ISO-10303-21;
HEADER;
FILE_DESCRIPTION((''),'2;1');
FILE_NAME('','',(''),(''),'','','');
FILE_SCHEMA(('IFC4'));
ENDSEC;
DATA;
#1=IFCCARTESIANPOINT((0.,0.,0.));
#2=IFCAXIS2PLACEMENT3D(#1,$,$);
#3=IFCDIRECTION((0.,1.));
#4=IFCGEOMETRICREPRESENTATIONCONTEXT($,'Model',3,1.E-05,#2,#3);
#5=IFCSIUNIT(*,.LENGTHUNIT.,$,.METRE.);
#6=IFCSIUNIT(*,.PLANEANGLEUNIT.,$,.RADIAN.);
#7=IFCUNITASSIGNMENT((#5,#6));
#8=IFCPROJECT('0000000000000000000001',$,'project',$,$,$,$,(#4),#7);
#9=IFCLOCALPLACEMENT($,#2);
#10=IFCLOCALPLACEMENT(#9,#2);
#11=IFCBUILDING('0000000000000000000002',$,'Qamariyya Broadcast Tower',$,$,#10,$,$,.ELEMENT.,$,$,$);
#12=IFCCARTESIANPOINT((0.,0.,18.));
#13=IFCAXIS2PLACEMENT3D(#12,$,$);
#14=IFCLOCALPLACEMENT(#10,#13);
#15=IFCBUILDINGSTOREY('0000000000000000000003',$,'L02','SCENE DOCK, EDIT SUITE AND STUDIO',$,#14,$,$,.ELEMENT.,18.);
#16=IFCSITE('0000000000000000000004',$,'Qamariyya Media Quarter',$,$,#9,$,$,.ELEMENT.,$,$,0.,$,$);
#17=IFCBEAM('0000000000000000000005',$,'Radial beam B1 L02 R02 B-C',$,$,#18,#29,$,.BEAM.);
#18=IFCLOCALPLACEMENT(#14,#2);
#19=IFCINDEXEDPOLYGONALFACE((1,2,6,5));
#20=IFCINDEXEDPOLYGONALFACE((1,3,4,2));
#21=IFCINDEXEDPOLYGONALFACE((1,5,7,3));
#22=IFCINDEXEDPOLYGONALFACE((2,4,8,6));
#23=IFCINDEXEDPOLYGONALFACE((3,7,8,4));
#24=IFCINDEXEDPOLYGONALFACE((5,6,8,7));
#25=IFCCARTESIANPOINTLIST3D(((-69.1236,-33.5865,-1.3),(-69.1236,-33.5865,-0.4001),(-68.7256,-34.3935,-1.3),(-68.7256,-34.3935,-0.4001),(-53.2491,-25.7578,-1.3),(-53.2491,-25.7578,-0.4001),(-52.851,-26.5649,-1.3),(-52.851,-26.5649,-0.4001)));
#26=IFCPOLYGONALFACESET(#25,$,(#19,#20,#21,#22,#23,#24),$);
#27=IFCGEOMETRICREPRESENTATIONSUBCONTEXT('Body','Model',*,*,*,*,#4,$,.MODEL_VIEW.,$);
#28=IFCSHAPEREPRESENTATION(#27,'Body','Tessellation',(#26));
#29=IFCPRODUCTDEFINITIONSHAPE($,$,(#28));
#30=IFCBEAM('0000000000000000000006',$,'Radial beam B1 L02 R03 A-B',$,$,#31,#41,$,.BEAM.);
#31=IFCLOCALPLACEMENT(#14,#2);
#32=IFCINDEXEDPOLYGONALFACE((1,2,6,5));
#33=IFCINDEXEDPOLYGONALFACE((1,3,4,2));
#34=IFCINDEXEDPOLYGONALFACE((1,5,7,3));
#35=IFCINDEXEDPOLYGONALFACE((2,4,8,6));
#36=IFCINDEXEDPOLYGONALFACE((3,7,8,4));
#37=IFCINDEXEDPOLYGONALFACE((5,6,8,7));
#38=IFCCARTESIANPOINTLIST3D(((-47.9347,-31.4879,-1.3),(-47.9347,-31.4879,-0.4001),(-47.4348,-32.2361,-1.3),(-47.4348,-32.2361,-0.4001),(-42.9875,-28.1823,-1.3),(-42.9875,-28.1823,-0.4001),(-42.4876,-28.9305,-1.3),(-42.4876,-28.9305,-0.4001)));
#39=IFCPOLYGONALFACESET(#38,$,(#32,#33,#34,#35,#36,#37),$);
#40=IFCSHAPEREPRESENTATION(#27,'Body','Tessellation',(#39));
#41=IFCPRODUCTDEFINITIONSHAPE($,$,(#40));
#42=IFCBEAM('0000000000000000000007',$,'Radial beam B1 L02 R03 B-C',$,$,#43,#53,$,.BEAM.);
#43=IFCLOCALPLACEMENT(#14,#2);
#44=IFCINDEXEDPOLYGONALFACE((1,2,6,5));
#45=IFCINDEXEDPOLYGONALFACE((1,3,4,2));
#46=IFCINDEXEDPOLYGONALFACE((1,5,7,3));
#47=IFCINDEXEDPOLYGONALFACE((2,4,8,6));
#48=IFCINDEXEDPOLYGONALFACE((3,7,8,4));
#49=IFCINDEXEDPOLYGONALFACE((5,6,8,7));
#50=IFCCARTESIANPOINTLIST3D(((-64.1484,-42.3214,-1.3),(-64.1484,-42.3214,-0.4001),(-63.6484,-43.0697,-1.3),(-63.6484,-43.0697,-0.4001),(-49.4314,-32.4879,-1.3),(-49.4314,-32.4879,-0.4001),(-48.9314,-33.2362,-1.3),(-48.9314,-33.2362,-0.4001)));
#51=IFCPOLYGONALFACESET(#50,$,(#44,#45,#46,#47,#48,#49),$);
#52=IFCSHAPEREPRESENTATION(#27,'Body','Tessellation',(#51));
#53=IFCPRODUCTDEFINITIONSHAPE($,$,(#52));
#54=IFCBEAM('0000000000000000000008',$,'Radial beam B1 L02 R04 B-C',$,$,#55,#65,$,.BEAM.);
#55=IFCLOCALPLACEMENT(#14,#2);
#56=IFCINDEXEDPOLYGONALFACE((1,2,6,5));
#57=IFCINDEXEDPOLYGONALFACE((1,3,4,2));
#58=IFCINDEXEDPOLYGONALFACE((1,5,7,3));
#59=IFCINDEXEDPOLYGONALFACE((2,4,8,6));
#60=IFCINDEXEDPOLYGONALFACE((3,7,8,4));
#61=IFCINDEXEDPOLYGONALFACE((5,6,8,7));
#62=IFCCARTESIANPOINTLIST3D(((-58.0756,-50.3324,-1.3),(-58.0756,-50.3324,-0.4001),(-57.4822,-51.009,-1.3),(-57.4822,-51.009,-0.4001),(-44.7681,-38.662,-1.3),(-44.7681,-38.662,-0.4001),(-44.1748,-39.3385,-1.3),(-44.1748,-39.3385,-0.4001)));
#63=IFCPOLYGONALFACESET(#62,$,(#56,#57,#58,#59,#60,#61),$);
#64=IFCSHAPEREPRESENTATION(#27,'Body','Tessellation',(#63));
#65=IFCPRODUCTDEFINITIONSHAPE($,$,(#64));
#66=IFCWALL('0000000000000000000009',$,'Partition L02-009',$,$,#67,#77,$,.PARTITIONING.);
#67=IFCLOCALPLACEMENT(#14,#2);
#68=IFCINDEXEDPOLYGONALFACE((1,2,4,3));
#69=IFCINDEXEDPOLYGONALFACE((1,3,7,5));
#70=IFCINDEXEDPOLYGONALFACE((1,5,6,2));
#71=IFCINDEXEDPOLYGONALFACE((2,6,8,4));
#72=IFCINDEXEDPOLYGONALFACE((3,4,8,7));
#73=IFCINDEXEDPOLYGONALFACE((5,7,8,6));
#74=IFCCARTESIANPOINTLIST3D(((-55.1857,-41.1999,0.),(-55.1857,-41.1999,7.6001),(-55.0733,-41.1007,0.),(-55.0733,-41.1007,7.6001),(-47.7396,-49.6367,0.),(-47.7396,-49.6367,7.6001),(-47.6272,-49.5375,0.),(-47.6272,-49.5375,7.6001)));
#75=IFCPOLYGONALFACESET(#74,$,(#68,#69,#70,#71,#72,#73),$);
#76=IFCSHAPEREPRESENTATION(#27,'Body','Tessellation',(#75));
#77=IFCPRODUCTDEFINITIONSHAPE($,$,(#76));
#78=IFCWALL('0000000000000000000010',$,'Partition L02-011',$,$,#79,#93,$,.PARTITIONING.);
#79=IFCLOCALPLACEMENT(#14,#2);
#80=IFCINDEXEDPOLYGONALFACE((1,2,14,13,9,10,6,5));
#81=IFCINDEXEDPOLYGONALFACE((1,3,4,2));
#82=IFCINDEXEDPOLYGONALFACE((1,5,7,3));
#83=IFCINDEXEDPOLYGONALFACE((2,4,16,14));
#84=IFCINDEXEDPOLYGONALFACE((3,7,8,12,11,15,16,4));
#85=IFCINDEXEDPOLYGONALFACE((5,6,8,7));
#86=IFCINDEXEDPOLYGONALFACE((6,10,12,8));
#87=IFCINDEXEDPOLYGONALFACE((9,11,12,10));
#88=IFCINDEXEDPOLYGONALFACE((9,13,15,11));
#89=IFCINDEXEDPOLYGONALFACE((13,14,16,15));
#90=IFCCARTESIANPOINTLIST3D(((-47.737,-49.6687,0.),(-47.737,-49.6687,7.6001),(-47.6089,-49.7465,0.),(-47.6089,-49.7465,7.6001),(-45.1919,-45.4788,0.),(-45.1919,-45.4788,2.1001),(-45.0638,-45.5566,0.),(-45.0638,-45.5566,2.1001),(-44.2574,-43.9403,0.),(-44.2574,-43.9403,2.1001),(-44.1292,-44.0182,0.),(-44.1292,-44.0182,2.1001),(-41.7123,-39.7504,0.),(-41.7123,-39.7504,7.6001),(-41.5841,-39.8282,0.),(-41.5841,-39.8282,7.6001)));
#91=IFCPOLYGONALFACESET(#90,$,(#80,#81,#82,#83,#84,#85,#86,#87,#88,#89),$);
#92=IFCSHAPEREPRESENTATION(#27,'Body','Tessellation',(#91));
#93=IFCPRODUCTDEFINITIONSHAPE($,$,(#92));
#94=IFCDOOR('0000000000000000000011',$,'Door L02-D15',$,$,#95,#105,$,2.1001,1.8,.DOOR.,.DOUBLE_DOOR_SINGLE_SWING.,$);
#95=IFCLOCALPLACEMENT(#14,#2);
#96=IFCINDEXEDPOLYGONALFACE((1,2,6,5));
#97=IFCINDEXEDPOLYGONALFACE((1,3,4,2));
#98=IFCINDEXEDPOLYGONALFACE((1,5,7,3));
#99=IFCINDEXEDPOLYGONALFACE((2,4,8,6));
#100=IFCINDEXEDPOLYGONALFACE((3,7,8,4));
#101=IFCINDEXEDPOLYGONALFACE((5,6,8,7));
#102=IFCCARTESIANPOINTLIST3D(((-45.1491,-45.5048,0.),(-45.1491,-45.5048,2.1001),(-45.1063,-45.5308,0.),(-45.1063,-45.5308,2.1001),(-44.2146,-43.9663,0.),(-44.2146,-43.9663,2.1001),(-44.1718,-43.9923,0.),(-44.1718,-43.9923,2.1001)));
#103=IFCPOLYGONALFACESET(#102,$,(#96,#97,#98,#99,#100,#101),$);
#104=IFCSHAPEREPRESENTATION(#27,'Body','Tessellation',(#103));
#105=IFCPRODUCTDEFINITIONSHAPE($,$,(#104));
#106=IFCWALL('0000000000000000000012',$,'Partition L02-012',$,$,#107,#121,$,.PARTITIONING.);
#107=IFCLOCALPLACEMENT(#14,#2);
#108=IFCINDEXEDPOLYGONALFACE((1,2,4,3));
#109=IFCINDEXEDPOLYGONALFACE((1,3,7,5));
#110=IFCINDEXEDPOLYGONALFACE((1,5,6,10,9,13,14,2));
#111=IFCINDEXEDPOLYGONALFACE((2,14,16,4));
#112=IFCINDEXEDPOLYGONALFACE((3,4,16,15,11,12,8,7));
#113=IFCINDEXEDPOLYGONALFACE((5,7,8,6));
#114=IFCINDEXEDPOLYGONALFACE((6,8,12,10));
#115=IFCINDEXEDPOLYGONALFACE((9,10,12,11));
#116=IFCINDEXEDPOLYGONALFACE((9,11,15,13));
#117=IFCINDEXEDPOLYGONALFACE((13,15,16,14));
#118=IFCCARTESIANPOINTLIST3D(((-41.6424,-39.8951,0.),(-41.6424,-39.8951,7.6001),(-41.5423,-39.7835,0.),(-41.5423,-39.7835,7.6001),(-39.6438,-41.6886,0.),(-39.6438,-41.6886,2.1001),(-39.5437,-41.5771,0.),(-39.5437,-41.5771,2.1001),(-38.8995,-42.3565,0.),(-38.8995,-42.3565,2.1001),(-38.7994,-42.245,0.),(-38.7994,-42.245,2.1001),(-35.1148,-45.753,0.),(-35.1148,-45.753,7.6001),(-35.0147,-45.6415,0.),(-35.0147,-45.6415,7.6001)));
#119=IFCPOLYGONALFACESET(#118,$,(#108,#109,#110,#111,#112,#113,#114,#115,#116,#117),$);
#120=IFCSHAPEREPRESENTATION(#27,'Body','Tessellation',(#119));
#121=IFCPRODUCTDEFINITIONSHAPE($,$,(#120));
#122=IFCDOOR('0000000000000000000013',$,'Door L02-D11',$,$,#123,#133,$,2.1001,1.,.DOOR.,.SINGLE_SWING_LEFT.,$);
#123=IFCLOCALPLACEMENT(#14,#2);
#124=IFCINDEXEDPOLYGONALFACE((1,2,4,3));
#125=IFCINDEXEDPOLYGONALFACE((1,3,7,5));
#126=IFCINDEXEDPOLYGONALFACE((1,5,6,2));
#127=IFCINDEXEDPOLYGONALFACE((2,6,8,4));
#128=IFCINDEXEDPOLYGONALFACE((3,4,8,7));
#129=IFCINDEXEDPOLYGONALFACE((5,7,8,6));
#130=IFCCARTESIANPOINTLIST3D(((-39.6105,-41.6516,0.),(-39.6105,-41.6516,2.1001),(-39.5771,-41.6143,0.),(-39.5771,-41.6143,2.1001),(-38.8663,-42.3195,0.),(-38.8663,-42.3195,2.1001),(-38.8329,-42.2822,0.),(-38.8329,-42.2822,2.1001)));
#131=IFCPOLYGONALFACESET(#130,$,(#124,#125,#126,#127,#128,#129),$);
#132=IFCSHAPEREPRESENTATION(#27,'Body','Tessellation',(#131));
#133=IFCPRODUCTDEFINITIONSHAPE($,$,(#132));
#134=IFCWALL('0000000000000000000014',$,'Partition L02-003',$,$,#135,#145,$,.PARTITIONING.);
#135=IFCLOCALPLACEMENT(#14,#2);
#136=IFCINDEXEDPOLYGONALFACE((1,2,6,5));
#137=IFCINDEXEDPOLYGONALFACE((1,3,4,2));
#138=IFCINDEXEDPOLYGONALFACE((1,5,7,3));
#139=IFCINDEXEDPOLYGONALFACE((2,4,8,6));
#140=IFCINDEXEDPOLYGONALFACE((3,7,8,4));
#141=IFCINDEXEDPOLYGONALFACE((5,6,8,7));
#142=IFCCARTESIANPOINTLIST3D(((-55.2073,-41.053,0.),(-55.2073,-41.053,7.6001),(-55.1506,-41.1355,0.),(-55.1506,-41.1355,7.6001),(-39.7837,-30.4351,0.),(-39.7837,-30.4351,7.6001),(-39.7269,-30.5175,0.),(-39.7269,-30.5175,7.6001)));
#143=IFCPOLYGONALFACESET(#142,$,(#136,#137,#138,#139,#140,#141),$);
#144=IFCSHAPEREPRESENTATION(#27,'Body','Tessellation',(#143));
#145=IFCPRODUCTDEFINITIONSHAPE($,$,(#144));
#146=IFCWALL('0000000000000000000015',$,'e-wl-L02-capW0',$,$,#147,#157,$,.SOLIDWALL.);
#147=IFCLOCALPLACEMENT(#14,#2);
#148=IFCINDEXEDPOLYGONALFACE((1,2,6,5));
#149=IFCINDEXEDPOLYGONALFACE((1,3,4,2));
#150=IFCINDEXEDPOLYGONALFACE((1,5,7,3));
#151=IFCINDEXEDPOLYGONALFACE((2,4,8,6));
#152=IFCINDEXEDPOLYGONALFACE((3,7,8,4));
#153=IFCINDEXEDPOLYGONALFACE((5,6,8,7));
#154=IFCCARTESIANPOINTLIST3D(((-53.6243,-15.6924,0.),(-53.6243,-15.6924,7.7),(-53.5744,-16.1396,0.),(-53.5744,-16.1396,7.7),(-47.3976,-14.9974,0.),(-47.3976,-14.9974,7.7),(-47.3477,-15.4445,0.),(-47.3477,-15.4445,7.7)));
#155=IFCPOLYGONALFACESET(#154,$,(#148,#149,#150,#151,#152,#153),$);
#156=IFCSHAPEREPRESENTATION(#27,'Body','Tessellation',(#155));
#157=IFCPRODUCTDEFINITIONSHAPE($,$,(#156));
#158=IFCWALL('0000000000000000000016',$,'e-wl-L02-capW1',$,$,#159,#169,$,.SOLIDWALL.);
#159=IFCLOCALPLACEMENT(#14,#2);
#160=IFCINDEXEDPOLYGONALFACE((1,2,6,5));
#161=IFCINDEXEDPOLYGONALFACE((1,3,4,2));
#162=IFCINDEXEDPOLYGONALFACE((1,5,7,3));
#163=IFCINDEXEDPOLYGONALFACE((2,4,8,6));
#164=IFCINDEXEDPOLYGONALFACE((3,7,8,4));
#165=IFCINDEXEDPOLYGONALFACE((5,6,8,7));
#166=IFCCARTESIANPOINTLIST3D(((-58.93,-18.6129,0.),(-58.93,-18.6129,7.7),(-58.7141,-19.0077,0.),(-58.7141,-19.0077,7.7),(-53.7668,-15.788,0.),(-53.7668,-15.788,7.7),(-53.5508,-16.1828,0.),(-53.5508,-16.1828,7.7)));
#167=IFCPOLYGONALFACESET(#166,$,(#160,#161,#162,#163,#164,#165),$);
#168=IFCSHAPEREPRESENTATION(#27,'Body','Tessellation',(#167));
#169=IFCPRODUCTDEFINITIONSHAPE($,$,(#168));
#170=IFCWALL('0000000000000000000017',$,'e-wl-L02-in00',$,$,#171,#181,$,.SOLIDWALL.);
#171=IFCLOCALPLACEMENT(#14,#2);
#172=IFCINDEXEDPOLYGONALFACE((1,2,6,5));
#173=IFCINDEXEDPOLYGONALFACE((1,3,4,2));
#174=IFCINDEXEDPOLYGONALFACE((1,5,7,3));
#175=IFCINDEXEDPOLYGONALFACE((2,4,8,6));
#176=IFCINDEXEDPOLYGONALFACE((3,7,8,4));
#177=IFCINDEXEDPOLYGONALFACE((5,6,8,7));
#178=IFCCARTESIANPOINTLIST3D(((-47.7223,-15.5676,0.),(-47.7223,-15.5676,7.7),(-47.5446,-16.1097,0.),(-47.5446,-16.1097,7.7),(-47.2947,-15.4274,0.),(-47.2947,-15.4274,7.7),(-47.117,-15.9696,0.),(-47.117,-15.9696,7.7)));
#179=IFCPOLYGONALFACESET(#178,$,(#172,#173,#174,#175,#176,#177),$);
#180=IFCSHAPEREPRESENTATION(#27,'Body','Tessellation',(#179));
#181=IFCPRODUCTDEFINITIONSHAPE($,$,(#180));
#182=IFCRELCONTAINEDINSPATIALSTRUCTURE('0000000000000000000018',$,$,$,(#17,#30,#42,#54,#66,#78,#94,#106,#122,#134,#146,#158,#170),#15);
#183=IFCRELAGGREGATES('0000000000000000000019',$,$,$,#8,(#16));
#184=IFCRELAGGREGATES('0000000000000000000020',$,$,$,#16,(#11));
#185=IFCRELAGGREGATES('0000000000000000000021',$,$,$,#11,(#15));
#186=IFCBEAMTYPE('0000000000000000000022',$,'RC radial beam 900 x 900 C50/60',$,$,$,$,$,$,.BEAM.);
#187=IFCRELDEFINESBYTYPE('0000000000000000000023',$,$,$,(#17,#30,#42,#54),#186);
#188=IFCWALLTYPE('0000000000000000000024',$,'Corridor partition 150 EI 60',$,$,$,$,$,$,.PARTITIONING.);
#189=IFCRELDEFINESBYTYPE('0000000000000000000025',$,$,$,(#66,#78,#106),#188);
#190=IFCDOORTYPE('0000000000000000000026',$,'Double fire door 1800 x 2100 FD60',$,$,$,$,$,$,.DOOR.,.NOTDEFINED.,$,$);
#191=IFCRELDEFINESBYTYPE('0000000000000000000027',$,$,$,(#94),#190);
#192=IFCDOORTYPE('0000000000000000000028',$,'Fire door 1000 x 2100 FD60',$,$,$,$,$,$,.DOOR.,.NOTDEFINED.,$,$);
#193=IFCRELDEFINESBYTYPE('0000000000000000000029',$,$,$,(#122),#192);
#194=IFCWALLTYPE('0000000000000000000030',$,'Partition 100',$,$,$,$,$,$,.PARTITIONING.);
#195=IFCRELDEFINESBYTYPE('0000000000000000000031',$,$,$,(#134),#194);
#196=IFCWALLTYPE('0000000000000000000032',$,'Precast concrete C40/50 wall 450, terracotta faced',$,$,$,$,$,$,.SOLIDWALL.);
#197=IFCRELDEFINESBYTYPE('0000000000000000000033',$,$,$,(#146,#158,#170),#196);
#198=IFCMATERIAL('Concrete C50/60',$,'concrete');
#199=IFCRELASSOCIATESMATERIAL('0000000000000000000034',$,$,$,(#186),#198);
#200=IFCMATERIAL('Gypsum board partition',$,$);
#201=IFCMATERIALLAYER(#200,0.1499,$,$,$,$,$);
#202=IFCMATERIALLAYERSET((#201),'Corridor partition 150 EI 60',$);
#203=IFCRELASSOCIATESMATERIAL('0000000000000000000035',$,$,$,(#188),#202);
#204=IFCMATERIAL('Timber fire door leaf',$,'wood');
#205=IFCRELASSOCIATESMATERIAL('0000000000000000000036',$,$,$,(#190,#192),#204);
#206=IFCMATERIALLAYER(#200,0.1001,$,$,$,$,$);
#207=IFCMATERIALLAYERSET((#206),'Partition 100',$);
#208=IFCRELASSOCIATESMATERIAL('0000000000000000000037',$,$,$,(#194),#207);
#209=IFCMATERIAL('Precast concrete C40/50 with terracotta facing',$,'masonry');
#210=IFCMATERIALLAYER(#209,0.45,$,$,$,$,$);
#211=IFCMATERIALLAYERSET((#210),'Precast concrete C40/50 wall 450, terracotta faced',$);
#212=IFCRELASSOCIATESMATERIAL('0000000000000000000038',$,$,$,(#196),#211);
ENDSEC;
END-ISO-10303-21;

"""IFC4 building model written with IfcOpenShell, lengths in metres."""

from ifc_helpers import new_model, si_unit, direction, frame, frame_2d, origin, origin_2d, place, context, subcontext, project, spatial, rectangle, extrude, material, layer, layer_set, material_profile, profile_set, type_object, element, fill, save


model = new_model("IFC4")

# Units and contexts
model_context = context("Model", 3, precision=1e-05, world=origin(), true_north=direction((0.0, 1.0)))
body_context = subcontext(model_context, "Body", "Model", "MODEL_VIEW")
ifc_project = project(units=[si_unit("LENGTHUNIT", "METRE"), si_unit("PLANEANGLEUNIT", "RADIAN")], contexts=[model_context])

# Site, building, storey
site_placement = place(None, origin())
site = spatial("IfcSite", under=ifc_project, at=site_placement, Name="Qamariyya Media Quarter", CompositionType="ELEMENT", RefElevation=0.0)
building_placement = place(site_placement, origin())
building = spatial("IfcBuilding", under=site, at=building_placement, Name="Qamariyya Broadcast Tower", CompositionType="ELEMENT")
storey_placement = place(building_placement, frame((0.0, 0.0, 18.0)))
storey = spatial("IfcBuildingStorey", under=building, at=storey_placement, Name="L02", Description="SCENE DOCK, EDIT SUITE AND STUDIO", CompositionType="ELEMENT", Elevation=18.0)

# Beams
ifc_material_1 = material(Name="Concrete C50/60", Category="concrete")
ifc_material_profile_1 = material_profile(ifc_material_1, rectangle(XDim=0.8999, YDim=0.8999, at=origin_2d()))
ifc_profile_set_1 = profile_set([ifc_material_profile_1], Name="Concrete C50/60")
beam_type_1 = type_object("IfcBeamType", Name="RC radial beam 900 x 900 C50/60", PredefinedType="BEAM", material=ifc_profile_set_1)
beam_1_placement = place(storey_placement, frame((-53.05, -26.1614, -0.8501), z_axis=(-0.896869, -0.442296, 0.0), x_axis=(0.442296, -0.896869, 0.0)))
element("IfcBeam", 1, at=beam_1_placement, inside=storey, type_object=beam_type_1, Name="Radial beam B1 L02 R02 B-C", PredefinedType="BEAM", context=body_context, shape_type="SweptSolid", body=[
    extrude(rectangle(XDim=0.8999, YDim=0.8999, at=origin_2d()), origin(), (0.0, 0.0, 1.0), 17.7),
])
beam_2_placement = place(storey_placement, frame((-42.7375, -28.5564, -0.8501), z_axis=(-0.831469, -0.555571, 0.0), x_axis=(0.555571, -0.831469, 0.0)))
element("IfcBeam", 2, at=beam_2_placement, inside=storey, type_object=beam_type_1, Name="Radial beam B1 L02 R03 A-B", PredefinedType="BEAM", context=body_context, shape_type="SweptSolid", body=[
    extrude(rectangle(XDim=0.8999, YDim=0.8999, at=origin_2d()), origin(), (0.0, 0.0, 1.0), 5.95),
])
for number, where, z_axis, x_axis, name in (
    (3, (-49.1814, -32.8621, -0.8501), (-0.831473, -0.555566, 0.0), (0.555566, -0.831473, 0.0), "Radial beam B1 L02 R03 B-C"),
    (4, (-44.4714, -39.0002, -0.8501), (-0.751835, -0.659351, 0.0), (0.659351, -0.751835, 0.0), "Radial beam B1 L02 R04 B-C"),
):
    element("IfcBeam", number, at=place(storey_placement, frame(where, z_axis=z_axis, x_axis=x_axis)), inside=storey, type_object=beam_type_1, Name=name, PredefinedType="BEAM", context=body_context, shape_type="SweptSolid", body=[
        extrude(rectangle(XDim=0.8999, YDim=0.8999, at=origin_2d()), origin(), (0.0, 0.0, 1.0), 17.7),
    ])

# Wall
ifc_material_2 = material(Name="Gypsum board partition")
ifc_layer_1 = layer(ifc_material_2, 0.1499)
ifc_layer_set_1 = layer_set([ifc_layer_1], Name="Corridor partition 150 EI 60")
wall_type_1 = type_object("IfcWallType", Name="Corridor partition 150 EI 60", PredefinedType="PARTITIONING", material=ifc_layer_set_1)
wall_1_placement = place(storey_placement, frame((-47.6833, -49.5872, 0.0), z_axis=(0.0, 0.0, 1.0), x_axis=(-0.661713, 0.749757, 0.0)))
element("IfcWall", 5, at=wall_1_placement, inside=storey, type_object=wall_type_1, Name="Partition L02-009", PredefinedType="PARTITIONING", context=body_context, shape_type="SweptSolid", body=[
    extrude(rectangle(XDim=11.2527, YDim=0.1499, at=frame_2d((5.6265, 0.0))), origin(), (0.0, 0.0, 1.0), 7.6001),
])

# Walls, openings, doors
wall_2_placement = place(storey_placement, frame((-47.6729, -49.7075, 0.0), z_axis=(0.0, 0.0, 1.0), x_axis=(0.51916, 0.854677, 0.0)))
wall_2 = element("IfcWall", 6, at=wall_2_placement, inside=storey, type_object=wall_type_1, Name="Partition L02-011", PredefinedType="PARTITIONING", context=body_context, shape_type="SweptSolid", body=[
    extrude(rectangle(XDim=11.6047, YDim=0.1499, at=frame_2d((5.8022, 0.0))), origin(), (0.0, 0.0, 1.0), 7.6001),
])
opening_1_placement = place(wall_2_placement, frame((4.9023, 0.0, 0.0)))
opening_1 = element("IfcOpeningElement", 7, at=opening_1_placement, cuts=wall_2, PredefinedType="OPENING", context=body_context, shape_type="SweptSolid", body=[
    extrude(rectangle(XDim=1.8, YDim=2.1001, at=frame_2d((0.8999, 1.05))), frame((0.0, 0.085, 0.0), z_axis=(0.0, -1.0, 0.0), x_axis=(1.0, 0.0, 0.0)), (0.0, 0.0, 1.0), 0.1699),
])
ifc_material_3 = material(Name="Timber fire door leaf", Category="wood")
door_type_1 = type_object("IfcDoorType", Name="Double fire door 1800 x 2100 FD60", OperationType="NOTDEFINED", PredefinedType="DOOR", material=ifc_material_3)
door_1_placement = place(opening_1_placement, origin())
door_1 = element("IfcDoor", 8, at=door_1_placement, inside=storey, type_object=door_type_1, Name="Door L02-D15", OperationType="DOUBLE_DOOR_SINGLE_SWING", OverallHeight=2.1001, OverallWidth=1.8, PredefinedType="DOOR", context=body_context, shape_type="SweptSolid", body=[
    extrude(rectangle(XDim=1.8, YDim=2.1001, at=frame_2d((0.8999, 1.05))), frame((0.0, 0.0249, 0.0), z_axis=(0.0, -1.0, 0.0), x_axis=(1.0, 0.0, 0.0)), (0.0, 0.0, 1.0), 0.05),
])
fill(opening_1, door_1)
wall_3_placement = place(storey_placement, frame((-41.5923, -39.8394, 0.0), z_axis=(0.0, 0.0, 1.0), x_axis=(0.744253, -0.667898, 0.0)))
wall_3 = element("IfcWall", 9, at=wall_3_placement, inside=storey, type_object=wall_type_1, Name="Partition L02-012", PredefinedType="PARTITIONING", context=body_context, shape_type="SweptSolid", body=[
    extrude(rectangle(XDim=8.7708, YDim=0.1499, at=frame_2d((4.3853, 0.0))), origin(), (0.0, 0.0, 1.0), 7.6001),
])
opening_2_placement = place(wall_3_placement, frame((2.6853, 0.0, 0.0)))
opening_2 = element("IfcOpeningElement", 10, at=opening_2_placement, cuts=wall_3, PredefinedType="OPENING", context=body_context, shape_type="SweptSolid", body=[
    extrude(rectangle(XDim=1.0, YDim=2.1001, at=frame_2d((0.5, 1.05))), frame((0.0, 0.085, 0.0), z_axis=(0.0, -1.0, 0.0), x_axis=(1.0, 0.0, 0.0)), (0.0, 0.0, 1.0), 0.1699),
])
door_type_2 = type_object("IfcDoorType", Name="Fire door 1000 x 2100 FD60", OperationType="NOTDEFINED", PredefinedType="DOOR", material=ifc_material_3)
door_2_placement = place(opening_2_placement, origin())
door_2 = element("IfcDoor", 11, at=door_2_placement, inside=storey, type_object=door_type_2, Name="Door L02-D11", OperationType="SINGLE_SWING_LEFT", OverallHeight=2.1001, OverallWidth=1.0, PredefinedType="DOOR", context=body_context, shape_type="SweptSolid", body=[
    extrude(rectangle(XDim=1.0, YDim=2.1001, at=frame_2d((0.5, 1.05))), frame((0.0, 0.0249, 0.0), z_axis=(0.0, -1.0, 0.0), x_axis=(1.0, 0.0, 0.0)), (0.0, 0.0, 1.0), 0.05),
])
fill(opening_2, door_2)

# Walls
ifc_layer_2 = layer(ifc_material_2, 0.1001)
ifc_layer_set_2 = layer_set([ifc_layer_2], Name="Partition 100")
wall_type_2 = type_object("IfcWallType", Name="Partition 100", PredefinedType="PARTITIONING", material=ifc_layer_set_2)
wall_4_placement = place(storey_placement, frame((-55.179, -41.0942, 0.0), z_axis=(0.0, 0.0, 1.0), x_axis=(0.823688, 0.567044, 0.0)))
element("IfcWall", 12, at=wall_4_placement, inside=storey, type_object=wall_type_2, Name="Partition L02-003", PredefinedType="PARTITIONING", context=body_context, shape_type="SweptSolid", body=[
    extrude(rectangle(XDim=18.7251, YDim=0.1001, at=frame_2d((9.3625, 0.0))), origin(), (0.0, 0.0, 1.0), 7.6001),
])
ifc_material_4 = material(Name="Precast concrete C40/50 with terracotta facing", Category="masonry")
ifc_layer_3 = layer(ifc_material_4, 0.45)
ifc_layer_set_3 = layer_set([ifc_layer_3], Name="Precast concrete C40/50 wall 450, terracotta faced")
wall_type_3 = type_object("IfcWallType", Name="Precast concrete C40/50 wall 450, terracotta faced", PredefinedType="SOLIDWALL", material=ifc_layer_set_3)
wall_5_placement = place(storey_placement, frame((-47.3726, -15.2209, 0.0), z_axis=(0.0, 0.0, 1.0), x_axis=(-0.993828, -0.110936, 0.0)))
element("IfcWall", 13, at=wall_5_placement, inside=storey, type_object=wall_type_3, Name="e-wl-L02-capW0", PredefinedType="SOLIDWALL", context=body_context, shape_type="SweptSolid", body=[
    extrude(rectangle(XDim=6.2654, YDim=0.45, at=frame_2d((3.1328, 0.0))), origin(), (0.0, 0.0, 1.0), 7.7),
])
wall_6_placement = place(storey_placement, frame((-53.6587, -15.9854, 0.0), z_axis=(0.0, 0.0, 1.0), x_axis=(-0.877281, -0.479976, 0.0)))
element("IfcWall", 14, at=wall_6_placement, inside=storey, type_object=wall_type_3, Name="e-wl-L02-capW1", PredefinedType="SOLIDWALL", context=body_context, shape_type="SweptSolid", body=[
    extrude(rectangle(XDim=5.8855, YDim=0.45, at=frame_2d((2.9429, 0.0))), origin(), (0.0, 0.0, 1.0), 7.7),
])
wall_7_placement = place(storey_placement, frame((-47.3308, -16.0396, 0.0), z_axis=(0.0, 0.0, 1.0), x_axis=(-0.311475, 0.950254, 0.0)))
element("IfcWall", 15, at=wall_7_placement, inside=storey, type_object=wall_type_3, Name="e-wl-L02-in00", PredefinedType="SOLIDWALL", context=body_context, shape_type="SweptSolid", body=[
    extrude(rectangle(XDim=0.5706, YDim=0.45, at=frame_2d((0.2852, 0.0))), origin(), (0.0, 0.0, 1.0), 7.7),
])

save(model, "model.ifc")
